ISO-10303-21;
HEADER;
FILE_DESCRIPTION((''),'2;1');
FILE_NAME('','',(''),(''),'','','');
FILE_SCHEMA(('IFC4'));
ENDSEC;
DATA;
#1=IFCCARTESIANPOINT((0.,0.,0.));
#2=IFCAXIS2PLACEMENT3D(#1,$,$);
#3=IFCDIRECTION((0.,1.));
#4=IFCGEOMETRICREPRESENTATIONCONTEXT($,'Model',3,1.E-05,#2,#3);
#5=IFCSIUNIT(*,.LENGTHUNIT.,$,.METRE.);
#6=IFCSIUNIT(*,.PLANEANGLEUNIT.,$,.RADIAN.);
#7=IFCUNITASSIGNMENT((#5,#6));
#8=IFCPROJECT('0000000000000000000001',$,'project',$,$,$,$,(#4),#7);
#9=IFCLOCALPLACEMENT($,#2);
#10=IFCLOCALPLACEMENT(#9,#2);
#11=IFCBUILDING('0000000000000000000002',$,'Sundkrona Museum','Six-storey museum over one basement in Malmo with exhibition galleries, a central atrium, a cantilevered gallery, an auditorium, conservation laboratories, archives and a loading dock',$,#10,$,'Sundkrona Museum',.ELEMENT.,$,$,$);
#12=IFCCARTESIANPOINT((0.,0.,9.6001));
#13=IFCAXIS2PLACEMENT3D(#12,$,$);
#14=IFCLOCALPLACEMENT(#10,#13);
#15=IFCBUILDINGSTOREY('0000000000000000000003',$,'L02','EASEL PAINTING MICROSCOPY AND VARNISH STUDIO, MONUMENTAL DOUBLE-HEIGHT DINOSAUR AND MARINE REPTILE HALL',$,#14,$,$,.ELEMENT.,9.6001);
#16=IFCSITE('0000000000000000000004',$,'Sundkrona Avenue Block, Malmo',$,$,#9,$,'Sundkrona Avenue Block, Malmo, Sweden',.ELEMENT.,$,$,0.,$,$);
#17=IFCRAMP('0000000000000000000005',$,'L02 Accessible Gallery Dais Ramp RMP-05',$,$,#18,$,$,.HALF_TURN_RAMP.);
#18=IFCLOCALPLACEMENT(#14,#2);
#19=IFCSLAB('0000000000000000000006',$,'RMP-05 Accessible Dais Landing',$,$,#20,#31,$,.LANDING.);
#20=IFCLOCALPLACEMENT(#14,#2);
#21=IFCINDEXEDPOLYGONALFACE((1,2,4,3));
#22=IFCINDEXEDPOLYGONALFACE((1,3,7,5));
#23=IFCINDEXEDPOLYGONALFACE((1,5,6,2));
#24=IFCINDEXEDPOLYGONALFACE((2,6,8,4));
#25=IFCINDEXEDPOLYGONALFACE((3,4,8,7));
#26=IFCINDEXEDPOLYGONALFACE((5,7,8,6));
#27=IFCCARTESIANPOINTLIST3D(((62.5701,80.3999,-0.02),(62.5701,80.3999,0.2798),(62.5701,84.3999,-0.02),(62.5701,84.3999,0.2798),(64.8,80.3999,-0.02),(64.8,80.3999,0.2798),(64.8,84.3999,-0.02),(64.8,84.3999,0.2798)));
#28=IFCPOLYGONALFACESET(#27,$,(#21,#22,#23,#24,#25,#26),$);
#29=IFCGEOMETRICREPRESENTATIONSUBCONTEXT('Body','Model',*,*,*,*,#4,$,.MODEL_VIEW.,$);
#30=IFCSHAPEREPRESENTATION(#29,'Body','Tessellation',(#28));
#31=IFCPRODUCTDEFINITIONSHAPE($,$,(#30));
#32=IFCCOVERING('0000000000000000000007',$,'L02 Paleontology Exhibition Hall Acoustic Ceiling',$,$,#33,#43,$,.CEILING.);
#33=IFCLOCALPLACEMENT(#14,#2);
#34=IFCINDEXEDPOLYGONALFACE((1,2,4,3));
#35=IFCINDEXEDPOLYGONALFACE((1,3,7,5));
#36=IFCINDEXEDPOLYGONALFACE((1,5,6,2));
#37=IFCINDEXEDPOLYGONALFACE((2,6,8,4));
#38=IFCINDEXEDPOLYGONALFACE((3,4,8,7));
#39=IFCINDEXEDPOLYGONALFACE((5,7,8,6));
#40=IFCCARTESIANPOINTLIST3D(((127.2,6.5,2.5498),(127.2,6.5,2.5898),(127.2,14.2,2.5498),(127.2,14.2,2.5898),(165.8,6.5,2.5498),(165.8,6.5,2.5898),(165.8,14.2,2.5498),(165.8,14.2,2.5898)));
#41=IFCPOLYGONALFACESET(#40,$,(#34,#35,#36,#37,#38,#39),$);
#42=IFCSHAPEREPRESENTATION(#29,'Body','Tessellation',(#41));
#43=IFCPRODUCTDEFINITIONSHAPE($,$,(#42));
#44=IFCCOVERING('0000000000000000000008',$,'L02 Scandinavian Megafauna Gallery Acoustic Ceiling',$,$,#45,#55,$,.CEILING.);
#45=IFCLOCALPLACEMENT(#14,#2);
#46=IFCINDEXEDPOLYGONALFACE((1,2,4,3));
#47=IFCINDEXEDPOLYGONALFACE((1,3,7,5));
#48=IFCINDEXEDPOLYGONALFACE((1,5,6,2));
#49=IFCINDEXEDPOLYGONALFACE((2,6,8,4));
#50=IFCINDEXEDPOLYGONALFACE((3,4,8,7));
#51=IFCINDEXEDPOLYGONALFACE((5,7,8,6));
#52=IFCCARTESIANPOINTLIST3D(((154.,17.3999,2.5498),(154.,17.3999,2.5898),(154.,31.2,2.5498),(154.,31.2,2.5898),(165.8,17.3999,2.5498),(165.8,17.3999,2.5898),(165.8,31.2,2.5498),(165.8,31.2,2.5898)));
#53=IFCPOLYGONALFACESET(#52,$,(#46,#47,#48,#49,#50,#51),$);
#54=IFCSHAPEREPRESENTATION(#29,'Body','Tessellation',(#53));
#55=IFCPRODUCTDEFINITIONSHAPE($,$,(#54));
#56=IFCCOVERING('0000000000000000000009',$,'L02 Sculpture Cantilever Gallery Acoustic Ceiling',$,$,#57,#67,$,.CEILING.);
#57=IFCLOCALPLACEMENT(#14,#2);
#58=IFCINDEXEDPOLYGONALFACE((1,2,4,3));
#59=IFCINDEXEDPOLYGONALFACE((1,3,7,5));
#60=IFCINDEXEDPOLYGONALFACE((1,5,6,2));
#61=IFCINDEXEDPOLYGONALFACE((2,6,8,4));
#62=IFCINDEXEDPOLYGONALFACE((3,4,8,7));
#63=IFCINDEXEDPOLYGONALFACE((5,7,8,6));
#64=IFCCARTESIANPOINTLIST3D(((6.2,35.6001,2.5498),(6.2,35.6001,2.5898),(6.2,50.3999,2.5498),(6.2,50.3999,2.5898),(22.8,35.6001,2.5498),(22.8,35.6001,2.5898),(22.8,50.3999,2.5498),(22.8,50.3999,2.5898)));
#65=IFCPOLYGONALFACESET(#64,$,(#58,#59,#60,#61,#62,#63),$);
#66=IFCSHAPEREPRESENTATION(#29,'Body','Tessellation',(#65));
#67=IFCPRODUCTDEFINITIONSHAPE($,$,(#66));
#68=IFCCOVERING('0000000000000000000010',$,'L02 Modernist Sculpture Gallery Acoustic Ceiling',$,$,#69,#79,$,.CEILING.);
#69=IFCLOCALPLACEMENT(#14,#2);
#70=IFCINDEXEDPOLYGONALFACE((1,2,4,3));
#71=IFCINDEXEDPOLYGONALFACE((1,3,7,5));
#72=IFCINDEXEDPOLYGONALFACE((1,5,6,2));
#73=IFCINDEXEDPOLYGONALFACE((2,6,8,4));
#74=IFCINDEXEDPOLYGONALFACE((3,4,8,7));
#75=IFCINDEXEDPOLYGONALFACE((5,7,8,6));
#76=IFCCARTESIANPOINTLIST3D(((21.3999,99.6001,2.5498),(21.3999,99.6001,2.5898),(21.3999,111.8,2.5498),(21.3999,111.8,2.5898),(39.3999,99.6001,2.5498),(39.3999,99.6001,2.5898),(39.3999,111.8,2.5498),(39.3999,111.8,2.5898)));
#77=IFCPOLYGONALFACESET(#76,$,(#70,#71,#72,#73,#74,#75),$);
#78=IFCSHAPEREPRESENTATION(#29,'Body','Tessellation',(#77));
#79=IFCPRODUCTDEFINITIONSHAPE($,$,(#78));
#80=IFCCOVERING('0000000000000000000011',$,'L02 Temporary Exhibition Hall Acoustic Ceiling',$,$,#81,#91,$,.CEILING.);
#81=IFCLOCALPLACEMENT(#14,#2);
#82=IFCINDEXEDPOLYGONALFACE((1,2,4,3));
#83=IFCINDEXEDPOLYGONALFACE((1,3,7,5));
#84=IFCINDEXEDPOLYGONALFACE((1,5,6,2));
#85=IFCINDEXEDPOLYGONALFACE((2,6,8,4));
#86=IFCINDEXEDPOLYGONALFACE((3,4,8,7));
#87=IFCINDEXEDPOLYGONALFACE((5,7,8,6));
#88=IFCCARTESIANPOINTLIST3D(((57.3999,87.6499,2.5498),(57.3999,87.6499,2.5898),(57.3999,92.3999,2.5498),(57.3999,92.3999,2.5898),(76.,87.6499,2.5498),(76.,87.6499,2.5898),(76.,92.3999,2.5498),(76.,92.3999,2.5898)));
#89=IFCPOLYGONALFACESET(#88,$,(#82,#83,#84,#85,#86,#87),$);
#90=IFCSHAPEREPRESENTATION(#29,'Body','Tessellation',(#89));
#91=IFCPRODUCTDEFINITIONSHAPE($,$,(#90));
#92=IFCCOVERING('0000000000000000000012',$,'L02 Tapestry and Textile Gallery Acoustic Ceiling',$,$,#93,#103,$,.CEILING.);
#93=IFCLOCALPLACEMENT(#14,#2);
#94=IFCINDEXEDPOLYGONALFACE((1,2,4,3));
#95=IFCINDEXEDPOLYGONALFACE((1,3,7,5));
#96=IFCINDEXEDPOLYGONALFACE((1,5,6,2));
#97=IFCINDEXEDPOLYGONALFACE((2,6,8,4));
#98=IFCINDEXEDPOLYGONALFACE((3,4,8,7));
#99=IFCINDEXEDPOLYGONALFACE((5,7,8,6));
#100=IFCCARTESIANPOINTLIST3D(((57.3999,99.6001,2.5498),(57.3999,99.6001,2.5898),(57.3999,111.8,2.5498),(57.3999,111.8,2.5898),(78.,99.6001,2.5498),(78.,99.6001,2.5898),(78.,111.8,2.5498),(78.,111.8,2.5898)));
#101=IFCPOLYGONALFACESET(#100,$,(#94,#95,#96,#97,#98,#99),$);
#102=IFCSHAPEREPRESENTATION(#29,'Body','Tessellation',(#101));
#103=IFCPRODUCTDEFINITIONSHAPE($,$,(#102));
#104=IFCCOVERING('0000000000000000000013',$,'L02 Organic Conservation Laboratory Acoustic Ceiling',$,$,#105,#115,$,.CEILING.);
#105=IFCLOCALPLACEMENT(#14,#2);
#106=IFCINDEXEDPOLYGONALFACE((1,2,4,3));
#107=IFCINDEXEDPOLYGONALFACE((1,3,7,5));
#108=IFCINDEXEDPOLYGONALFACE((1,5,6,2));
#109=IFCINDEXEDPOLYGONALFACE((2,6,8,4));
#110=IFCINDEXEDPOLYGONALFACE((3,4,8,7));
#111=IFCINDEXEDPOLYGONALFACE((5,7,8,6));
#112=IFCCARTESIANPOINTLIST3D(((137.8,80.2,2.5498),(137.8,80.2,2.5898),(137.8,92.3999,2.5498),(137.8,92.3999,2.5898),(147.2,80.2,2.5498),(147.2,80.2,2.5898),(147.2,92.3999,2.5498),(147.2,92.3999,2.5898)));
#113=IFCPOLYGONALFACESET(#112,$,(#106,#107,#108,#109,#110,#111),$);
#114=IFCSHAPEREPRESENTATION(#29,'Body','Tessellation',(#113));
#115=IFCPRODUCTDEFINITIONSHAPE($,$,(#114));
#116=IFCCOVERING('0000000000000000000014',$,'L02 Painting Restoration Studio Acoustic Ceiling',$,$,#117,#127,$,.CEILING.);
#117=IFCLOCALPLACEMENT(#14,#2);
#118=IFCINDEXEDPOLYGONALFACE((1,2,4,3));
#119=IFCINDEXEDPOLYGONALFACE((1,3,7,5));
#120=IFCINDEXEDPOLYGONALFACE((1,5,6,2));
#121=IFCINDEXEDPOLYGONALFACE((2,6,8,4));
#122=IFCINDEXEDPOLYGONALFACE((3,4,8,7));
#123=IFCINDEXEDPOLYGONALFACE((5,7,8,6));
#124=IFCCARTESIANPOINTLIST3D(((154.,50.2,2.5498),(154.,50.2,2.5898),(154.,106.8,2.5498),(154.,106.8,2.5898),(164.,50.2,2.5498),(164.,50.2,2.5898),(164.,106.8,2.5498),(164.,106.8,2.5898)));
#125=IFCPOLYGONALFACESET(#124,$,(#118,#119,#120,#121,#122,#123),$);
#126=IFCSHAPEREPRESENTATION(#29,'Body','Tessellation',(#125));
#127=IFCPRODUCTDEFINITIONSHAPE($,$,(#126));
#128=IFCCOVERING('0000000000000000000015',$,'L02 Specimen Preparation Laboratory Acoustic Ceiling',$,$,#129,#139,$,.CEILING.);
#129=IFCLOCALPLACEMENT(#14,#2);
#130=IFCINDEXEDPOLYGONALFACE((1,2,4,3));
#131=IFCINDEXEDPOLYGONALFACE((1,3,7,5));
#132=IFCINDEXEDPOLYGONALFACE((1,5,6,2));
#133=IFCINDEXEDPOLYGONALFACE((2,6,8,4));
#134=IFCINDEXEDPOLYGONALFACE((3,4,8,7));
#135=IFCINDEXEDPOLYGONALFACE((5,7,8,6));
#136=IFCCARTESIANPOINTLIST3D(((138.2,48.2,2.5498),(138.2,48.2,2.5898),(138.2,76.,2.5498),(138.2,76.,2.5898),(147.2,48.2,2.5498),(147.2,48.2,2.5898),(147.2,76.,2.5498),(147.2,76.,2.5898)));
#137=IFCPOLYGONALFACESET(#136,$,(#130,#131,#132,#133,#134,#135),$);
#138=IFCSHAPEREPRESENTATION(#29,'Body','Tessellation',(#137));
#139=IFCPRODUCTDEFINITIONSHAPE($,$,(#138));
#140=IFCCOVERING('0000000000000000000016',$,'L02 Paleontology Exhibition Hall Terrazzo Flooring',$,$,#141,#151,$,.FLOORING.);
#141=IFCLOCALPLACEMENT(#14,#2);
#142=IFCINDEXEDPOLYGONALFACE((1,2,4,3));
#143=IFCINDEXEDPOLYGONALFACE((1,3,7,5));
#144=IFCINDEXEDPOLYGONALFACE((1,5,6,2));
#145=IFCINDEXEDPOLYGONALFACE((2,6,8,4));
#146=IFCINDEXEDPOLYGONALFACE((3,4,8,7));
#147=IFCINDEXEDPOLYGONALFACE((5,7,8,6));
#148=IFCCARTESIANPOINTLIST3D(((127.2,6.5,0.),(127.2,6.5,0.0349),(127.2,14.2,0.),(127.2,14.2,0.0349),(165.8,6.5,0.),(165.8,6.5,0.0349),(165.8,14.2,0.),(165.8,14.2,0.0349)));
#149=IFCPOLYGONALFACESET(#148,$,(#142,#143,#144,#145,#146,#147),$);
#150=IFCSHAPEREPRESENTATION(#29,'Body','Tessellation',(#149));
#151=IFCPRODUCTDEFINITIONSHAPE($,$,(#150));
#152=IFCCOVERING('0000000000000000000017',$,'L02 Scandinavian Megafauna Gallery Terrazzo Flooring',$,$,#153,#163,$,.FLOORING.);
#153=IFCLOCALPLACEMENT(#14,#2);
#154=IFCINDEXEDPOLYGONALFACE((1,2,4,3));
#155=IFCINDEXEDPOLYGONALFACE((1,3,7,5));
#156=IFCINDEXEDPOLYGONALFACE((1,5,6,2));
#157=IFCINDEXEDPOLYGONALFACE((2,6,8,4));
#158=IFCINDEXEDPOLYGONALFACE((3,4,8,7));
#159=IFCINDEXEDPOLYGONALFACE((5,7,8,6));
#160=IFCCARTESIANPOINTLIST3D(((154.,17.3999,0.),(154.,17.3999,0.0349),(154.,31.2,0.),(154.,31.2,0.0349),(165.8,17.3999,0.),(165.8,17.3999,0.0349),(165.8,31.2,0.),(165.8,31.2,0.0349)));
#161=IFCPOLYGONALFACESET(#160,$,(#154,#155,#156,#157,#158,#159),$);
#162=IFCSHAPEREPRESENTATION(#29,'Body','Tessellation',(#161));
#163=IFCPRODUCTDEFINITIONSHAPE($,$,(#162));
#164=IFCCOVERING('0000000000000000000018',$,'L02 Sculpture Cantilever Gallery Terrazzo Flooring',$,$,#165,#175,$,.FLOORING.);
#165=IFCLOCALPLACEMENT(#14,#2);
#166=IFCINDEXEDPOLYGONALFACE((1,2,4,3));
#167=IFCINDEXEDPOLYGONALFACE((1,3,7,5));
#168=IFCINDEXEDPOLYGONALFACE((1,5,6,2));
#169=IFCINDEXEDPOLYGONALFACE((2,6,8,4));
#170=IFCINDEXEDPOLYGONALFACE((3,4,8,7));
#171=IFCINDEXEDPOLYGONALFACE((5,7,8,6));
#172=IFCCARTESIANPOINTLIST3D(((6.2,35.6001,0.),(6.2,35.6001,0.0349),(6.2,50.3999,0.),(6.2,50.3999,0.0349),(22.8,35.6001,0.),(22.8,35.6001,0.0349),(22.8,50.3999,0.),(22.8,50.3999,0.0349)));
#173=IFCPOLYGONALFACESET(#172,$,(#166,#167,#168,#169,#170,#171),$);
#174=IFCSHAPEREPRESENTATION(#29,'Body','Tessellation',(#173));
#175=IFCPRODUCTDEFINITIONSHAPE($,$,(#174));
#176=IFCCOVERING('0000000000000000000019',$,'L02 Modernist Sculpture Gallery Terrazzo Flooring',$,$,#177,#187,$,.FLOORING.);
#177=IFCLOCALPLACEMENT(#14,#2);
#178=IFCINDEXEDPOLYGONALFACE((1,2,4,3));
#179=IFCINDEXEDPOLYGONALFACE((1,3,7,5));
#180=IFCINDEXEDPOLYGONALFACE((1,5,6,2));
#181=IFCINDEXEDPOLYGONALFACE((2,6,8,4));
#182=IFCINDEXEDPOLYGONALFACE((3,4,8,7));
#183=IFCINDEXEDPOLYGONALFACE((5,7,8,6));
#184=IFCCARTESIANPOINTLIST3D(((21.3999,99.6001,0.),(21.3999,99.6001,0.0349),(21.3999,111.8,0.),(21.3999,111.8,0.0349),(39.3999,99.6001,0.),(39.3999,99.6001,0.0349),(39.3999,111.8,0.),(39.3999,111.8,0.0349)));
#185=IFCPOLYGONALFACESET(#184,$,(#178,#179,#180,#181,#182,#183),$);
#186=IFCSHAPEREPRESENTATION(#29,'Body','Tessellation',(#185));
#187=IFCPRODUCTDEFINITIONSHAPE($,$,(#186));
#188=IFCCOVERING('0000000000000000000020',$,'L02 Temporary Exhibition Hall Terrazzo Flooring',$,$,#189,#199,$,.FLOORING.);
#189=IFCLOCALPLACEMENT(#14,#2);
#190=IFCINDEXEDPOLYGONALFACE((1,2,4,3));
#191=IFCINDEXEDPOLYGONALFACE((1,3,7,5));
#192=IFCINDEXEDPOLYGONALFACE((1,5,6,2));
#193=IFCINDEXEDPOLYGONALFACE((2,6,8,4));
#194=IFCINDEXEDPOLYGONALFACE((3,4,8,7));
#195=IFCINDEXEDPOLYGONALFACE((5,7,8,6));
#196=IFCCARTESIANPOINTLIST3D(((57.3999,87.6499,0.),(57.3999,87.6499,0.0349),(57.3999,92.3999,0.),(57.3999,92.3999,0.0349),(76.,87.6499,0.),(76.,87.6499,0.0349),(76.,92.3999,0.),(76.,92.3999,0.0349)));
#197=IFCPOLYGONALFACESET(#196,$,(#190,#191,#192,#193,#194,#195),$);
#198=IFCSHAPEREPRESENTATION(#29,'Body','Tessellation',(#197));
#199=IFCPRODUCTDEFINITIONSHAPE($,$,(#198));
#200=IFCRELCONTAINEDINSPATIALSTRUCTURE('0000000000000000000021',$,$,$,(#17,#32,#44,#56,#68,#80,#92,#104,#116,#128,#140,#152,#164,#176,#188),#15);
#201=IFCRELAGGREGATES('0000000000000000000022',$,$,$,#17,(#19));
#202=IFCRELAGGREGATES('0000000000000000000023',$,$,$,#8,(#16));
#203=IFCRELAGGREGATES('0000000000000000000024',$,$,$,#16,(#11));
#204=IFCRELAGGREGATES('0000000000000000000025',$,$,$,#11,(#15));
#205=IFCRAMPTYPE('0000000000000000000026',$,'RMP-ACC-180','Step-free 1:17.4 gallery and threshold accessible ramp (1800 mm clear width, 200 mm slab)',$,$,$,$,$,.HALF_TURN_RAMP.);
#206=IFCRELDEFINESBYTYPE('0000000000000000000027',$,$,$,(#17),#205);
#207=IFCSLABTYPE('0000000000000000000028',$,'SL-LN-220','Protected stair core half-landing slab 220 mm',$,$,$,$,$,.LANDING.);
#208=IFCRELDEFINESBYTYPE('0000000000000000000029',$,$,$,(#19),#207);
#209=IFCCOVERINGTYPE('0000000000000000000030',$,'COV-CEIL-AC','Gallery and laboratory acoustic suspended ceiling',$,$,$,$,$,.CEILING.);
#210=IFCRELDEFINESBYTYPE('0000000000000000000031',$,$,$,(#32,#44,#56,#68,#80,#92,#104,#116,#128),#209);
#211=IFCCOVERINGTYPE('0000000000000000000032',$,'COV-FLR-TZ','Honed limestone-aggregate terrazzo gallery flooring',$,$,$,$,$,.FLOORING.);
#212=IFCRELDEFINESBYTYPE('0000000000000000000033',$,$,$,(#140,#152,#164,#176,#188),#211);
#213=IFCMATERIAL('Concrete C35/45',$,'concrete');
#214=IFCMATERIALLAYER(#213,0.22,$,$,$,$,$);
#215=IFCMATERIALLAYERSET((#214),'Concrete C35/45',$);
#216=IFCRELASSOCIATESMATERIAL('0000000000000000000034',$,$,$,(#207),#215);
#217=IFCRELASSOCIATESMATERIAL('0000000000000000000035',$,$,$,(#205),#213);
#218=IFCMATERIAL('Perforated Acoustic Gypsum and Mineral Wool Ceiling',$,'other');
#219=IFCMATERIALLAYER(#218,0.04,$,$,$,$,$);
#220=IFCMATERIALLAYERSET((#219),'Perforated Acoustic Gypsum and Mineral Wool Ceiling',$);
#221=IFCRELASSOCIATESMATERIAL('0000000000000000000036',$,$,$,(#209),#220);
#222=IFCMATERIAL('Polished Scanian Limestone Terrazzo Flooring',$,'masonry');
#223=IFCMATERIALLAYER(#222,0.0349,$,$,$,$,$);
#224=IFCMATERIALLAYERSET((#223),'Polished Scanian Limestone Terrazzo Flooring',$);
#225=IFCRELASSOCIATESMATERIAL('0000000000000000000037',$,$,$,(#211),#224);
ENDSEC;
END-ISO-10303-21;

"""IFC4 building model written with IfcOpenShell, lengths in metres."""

from ifc_helpers import new_model, si_unit, direction, frame, origin, place, context, subcontext, project, spatial, polyline, outline, extrude, material, layer, layer_set, type_object, element, aggregate, save


model = new_model("IFC4")

# Units and contexts
model_context = context("Model", 3, precision=1e-05, world=origin(), true_north=direction((0.0, 1.0)))
body_context = subcontext(model_context, "Body", "Model", "MODEL_VIEW")
ifc_project = project(units=[si_unit("LENGTHUNIT", "METRE"), si_unit("PLANEANGLEUNIT", "RADIAN")], contexts=[model_context])

# Site, building, storey
site_placement = place(None, origin())
site = spatial("IfcSite", under=ifc_project, at=site_placement, Name="Sundkrona Avenue Block, Malmo", LongName="Sundkrona Avenue Block, Malmo, Sweden", CompositionType="ELEMENT", RefElevation=0.0)
building_placement = place(site_placement, origin())
building = spatial("IfcBuilding", under=site, at=building_placement, Name="Sundkrona Museum", Description="Six-storey museum over one basement in Malmo with exhibition galleries, a central atrium, a cantilevered gallery, an auditorium, conservation laboratories, archives and a loading dock", LongName="Sundkrona Museum", CompositionType="ELEMENT")
storey_placement = place(building_placement, frame((0.0, 0.0, 9.6001)))
storey = spatial("IfcBuildingStorey", under=building, at=storey_placement, Name="L02", Description="EASEL PAINTING MICROSCOPY AND VARNISH STUDIO, MONUMENTAL DOUBLE-HEIGHT DINOSAUR AND MARINE REPTILE HALL", CompositionType="ELEMENT", Elevation=9.6001)

# Shared definitions
ifc_material_1 = material(Name="Concrete C35/45", Category="concrete")
ifc_layer_1 = layer(ifc_material_1, 0.22)
ifc_layer_set_1 = layer_set([ifc_layer_1], Name="Concrete C35/45")
slab_type = type_object("IfcSlabType", Name="SL-LN-220", Description="Protected stair core half-landing slab 220 mm", PredefinedType="LANDING", material=ifc_layer_set_1)

# Ramp, slab
ramp_type = type_object("IfcRampType", Name="RMP-ACC-180", Description="Step-free 1:17.4 gallery and threshold accessible ramp (1800 mm clear width, 200 mm slab)", PredefinedType="HALF_TURN_RAMP", material=ifc_material_1)
ramp_placement = place(storey_placement, origin())
ramp = element("IfcRamp", 1, at=ramp_placement, inside=storey, type_object=ramp_type, Name="L02 Accessible Gallery Dais Ramp RMP-05", PredefinedType="HALF_TURN_RAMP")
slab_1_placement = place(storey_placement, frame((0.0, 0.0, -0.02)))
slab_1 = element("IfcSlab", 2, at=slab_1_placement, type_object=slab_type, Name="RMP-05 Accessible Dais Landing", PredefinedType="LANDING", context=body_context, shape_type="SweptSolid", body=[
    extrude(outline(polyline([(62.5701, 80.3999), (64.8, 80.3999), (64.8, 84.3999), (62.5701, 84.3999), (62.5701, 80.3999)])), origin(), (0.0, 0.0, 1.0), 0.2998),
])
aggregate(ramp, [slab_1])

# Coverings
ifc_material_2 = material(Name="Perforated Acoustic Gypsum and Mineral Wool Ceiling", Category="other")
ifc_layer_2 = layer(ifc_material_2, 0.04)
ifc_layer_set_2 = layer_set([ifc_layer_2], Name="Perforated Acoustic Gypsum and Mineral Wool Ceiling")
covering_type_1 = type_object("IfcCoveringType", Name="COV-CEIL-AC", Description="Gallery and laboratory acoustic suspended ceiling", PredefinedType="CEILING", material=ifc_layer_set_2)
covering_1_placement = place(storey_placement, frame((0.0, 0.0, 2.5498)))
element("IfcCovering", 3, at=covering_1_placement, inside=storey, type_object=covering_type_1, Name="L02 Paleontology Exhibition Hall Acoustic Ceiling", PredefinedType="CEILING", context=body_context, shape_type="SweptSolid", body=[
    extrude(outline(polyline([(127.2, 6.5), (165.8, 6.5), (165.8, 14.2), (127.2, 14.2), (127.2, 6.5)])), origin(), (0.0, 0.0, 1.0), 0.04),
])
covering_2_placement = place(storey_placement, frame((0.0, 0.0, 2.5498)))
element("IfcCovering", 4, at=covering_2_placement, inside=storey, type_object=covering_type_1, Name="L02 Scandinavian Megafauna Gallery Acoustic Ceiling", PredefinedType="CEILING", context=body_context, shape_type="SweptSolid", body=[
    extrude(outline(polyline([(154.0, 17.3999), (165.8, 17.3999), (165.8, 31.2), (154.0, 31.2), (154.0, 17.3999)])), origin(), (0.0, 0.0, 1.0), 0.04),
])
covering_3_placement = place(storey_placement, frame((0.0, 0.0, 2.5498)))
element("IfcCovering", 5, at=covering_3_placement, inside=storey, type_object=covering_type_1, Name="L02 Sculpture Cantilever Gallery Acoustic Ceiling", PredefinedType="CEILING", context=body_context, shape_type="SweptSolid", body=[
    extrude(outline(polyline([(6.2, 35.6001), (22.8, 35.6001), (22.8, 50.3999), (6.2, 50.3999), (6.2, 35.6001)])), origin(), (0.0, 0.0, 1.0), 0.04),
])
covering_4_placement = place(storey_placement, frame((0.0, 0.0, 2.5498)))
element("IfcCovering", 6, at=covering_4_placement, inside=storey, type_object=covering_type_1, Name="L02 Modernist Sculpture Gallery Acoustic Ceiling", PredefinedType="CEILING", context=body_context, shape_type="SweptSolid", body=[
    extrude(outline(polyline([(21.3999, 99.6001), (39.3999, 99.6001), (39.3999, 111.8), (21.3999, 111.8), (21.3999, 99.6001)])), origin(), (0.0, 0.0, 1.0), 0.04),
])
covering_5_placement = place(storey_placement, frame((0.0, 0.0, 2.5498)))
element("IfcCovering", 7, at=covering_5_placement, inside=storey, type_object=covering_type_1, Name="L02 Temporary Exhibition Hall Acoustic Ceiling", PredefinedType="CEILING", context=body_context, shape_type="SweptSolid", body=[
    extrude(outline(polyline([(57.3999, 87.6499), (76.0, 87.6499), (76.0, 92.3999), (57.3999, 92.3999), (57.3999, 87.6499)])), origin(), (0.0, 0.0, 1.0), 0.04),
])
covering_6_placement = place(storey_placement, frame((0.0, 0.0, 2.5498)))
element("IfcCovering", 8, at=covering_6_placement, inside=storey, type_object=covering_type_1, Name="L02 Tapestry and Textile Gallery Acoustic Ceiling", PredefinedType="CEILING", context=body_context, shape_type="SweptSolid", body=[
    extrude(outline(polyline([(57.3999, 99.6001), (78.0, 99.6001), (78.0, 111.8), (57.3999, 111.8), (57.3999, 99.6001)])), origin(), (0.0, 0.0, 1.0), 0.04),
])
covering_7_placement = place(storey_placement, frame((0.0, 0.0, 2.5498)))
element("IfcCovering", 9, at=covering_7_placement, inside=storey, type_object=covering_type_1, Name="L02 Organic Conservation Laboratory Acoustic Ceiling", PredefinedType="CEILING", context=body_context, shape_type="SweptSolid", body=[
    extrude(outline(polyline([(137.8, 80.2), (147.2, 80.2), (147.2, 92.3999), (137.8, 92.3999), (137.8, 80.2)])), origin(), (0.0, 0.0, 1.0), 0.04),
])
covering_8_placement = place(storey_placement, frame((0.0, 0.0, 2.5498)))
element("IfcCovering", 10, at=covering_8_placement, inside=storey, type_object=covering_type_1, Name="L02 Painting Restoration Studio Acoustic Ceiling", PredefinedType="CEILING", context=body_context, shape_type="SweptSolid", body=[
    extrude(outline(polyline([(154.0, 50.2), (164.0, 50.2), (164.0, 106.8), (154.0, 106.8), (154.0, 50.2)])), origin(), (0.0, 0.0, 1.0), 0.04),
])
covering_9_placement = place(storey_placement, frame((0.0, 0.0, 2.5498)))
element("IfcCovering", 11, at=covering_9_placement, inside=storey, type_object=covering_type_1, Name="L02 Specimen Preparation Laboratory Acoustic Ceiling", PredefinedType="CEILING", context=body_context, shape_type="SweptSolid", body=[
    extrude(outline(polyline([(138.2, 48.2), (147.2, 48.2), (147.2, 76.0), (138.2, 76.0), (138.2, 48.2)])), origin(), (0.0, 0.0, 1.0), 0.04),
])
ifc_material_3 = material(Name="Polished Scanian Limestone Terrazzo Flooring", Category="masonry")
ifc_layer_3 = layer(ifc_material_3, 0.0349)
ifc_layer_set_3 = layer_set([ifc_layer_3], Name="Polished Scanian Limestone Terrazzo Flooring")
covering_type_2 = type_object("IfcCoveringType", Name="COV-FLR-TZ", Description="Honed limestone-aggregate terrazzo gallery flooring", PredefinedType="FLOORING", material=ifc_layer_set_3)
covering_10_placement = place(storey_placement, origin())
element("IfcCovering", 12, at=covering_10_placement, inside=storey, type_object=covering_type_2, Name="L02 Paleontology Exhibition Hall Terrazzo Flooring", PredefinedType="FLOORING", context=body_context, shape_type="SweptSolid", body=[
    extrude(outline(polyline([(127.2, 6.5), (165.8, 6.5), (165.8, 14.2), (127.2, 14.2), (127.2, 6.5)])), origin(), (0.0, 0.0, 1.0), 0.0349),
])
covering_11_placement = place(storey_placement, origin())
element("IfcCovering", 13, at=covering_11_placement, inside=storey, type_object=covering_type_2, Name="L02 Scandinavian Megafauna Gallery Terrazzo Flooring", PredefinedType="FLOORING", context=body_context, shape_type="SweptSolid", body=[
    extrude(outline(polyline([(154.0, 17.3999), (165.8, 17.3999), (165.8, 31.2), (154.0, 31.2), (154.0, 17.3999)])), origin(), (0.0, 0.0, 1.0), 0.0349),
])
covering_12_placement = place(storey_placement, origin())
element("IfcCovering", 14, at=covering_12_placement, inside=storey, type_object=covering_type_2, Name="L02 Sculpture Cantilever Gallery Terrazzo Flooring", PredefinedType="FLOORING", context=body_context, shape_type="SweptSolid", body=[
    extrude(outline(polyline([(6.2, 35.6001), (22.8, 35.6001), (22.8, 50.3999), (6.2, 50.3999), (6.2, 35.6001)])), origin(), (0.0, 0.0, 1.0), 0.0349),
])
covering_13_placement = place(storey_placement, origin())
element("IfcCovering", 15, at=covering_13_placement, inside=storey, type_object=covering_type_2, Name="L02 Modernist Sculpture Gallery Terrazzo Flooring", PredefinedType="FLOORING", context=body_context, shape_type="SweptSolid", body=[
    extrude(outline(polyline([(21.3999, 99.6001), (39.3999, 99.6001), (39.3999, 111.8), (21.3999, 111.8), (21.3999, 99.6001)])), origin(), (0.0, 0.0, 1.0), 0.0349),
])
covering_14_placement = place(storey_placement, origin())
element("IfcCovering", 16, at=covering_14_placement, inside=storey, type_object=covering_type_2, Name="L02 Temporary Exhibition Hall Terrazzo Flooring", PredefinedType="FLOORING", context=body_context, shape_type="SweptSolid", body=[
    extrude(outline(polyline([(57.3999, 87.6499), (76.0, 87.6499), (76.0, 92.3999), (57.3999, 92.3999), (57.3999, 87.6499)])), origin(), (0.0, 0.0, 1.0), 0.0349),
])

save(model, "model.ifc")
